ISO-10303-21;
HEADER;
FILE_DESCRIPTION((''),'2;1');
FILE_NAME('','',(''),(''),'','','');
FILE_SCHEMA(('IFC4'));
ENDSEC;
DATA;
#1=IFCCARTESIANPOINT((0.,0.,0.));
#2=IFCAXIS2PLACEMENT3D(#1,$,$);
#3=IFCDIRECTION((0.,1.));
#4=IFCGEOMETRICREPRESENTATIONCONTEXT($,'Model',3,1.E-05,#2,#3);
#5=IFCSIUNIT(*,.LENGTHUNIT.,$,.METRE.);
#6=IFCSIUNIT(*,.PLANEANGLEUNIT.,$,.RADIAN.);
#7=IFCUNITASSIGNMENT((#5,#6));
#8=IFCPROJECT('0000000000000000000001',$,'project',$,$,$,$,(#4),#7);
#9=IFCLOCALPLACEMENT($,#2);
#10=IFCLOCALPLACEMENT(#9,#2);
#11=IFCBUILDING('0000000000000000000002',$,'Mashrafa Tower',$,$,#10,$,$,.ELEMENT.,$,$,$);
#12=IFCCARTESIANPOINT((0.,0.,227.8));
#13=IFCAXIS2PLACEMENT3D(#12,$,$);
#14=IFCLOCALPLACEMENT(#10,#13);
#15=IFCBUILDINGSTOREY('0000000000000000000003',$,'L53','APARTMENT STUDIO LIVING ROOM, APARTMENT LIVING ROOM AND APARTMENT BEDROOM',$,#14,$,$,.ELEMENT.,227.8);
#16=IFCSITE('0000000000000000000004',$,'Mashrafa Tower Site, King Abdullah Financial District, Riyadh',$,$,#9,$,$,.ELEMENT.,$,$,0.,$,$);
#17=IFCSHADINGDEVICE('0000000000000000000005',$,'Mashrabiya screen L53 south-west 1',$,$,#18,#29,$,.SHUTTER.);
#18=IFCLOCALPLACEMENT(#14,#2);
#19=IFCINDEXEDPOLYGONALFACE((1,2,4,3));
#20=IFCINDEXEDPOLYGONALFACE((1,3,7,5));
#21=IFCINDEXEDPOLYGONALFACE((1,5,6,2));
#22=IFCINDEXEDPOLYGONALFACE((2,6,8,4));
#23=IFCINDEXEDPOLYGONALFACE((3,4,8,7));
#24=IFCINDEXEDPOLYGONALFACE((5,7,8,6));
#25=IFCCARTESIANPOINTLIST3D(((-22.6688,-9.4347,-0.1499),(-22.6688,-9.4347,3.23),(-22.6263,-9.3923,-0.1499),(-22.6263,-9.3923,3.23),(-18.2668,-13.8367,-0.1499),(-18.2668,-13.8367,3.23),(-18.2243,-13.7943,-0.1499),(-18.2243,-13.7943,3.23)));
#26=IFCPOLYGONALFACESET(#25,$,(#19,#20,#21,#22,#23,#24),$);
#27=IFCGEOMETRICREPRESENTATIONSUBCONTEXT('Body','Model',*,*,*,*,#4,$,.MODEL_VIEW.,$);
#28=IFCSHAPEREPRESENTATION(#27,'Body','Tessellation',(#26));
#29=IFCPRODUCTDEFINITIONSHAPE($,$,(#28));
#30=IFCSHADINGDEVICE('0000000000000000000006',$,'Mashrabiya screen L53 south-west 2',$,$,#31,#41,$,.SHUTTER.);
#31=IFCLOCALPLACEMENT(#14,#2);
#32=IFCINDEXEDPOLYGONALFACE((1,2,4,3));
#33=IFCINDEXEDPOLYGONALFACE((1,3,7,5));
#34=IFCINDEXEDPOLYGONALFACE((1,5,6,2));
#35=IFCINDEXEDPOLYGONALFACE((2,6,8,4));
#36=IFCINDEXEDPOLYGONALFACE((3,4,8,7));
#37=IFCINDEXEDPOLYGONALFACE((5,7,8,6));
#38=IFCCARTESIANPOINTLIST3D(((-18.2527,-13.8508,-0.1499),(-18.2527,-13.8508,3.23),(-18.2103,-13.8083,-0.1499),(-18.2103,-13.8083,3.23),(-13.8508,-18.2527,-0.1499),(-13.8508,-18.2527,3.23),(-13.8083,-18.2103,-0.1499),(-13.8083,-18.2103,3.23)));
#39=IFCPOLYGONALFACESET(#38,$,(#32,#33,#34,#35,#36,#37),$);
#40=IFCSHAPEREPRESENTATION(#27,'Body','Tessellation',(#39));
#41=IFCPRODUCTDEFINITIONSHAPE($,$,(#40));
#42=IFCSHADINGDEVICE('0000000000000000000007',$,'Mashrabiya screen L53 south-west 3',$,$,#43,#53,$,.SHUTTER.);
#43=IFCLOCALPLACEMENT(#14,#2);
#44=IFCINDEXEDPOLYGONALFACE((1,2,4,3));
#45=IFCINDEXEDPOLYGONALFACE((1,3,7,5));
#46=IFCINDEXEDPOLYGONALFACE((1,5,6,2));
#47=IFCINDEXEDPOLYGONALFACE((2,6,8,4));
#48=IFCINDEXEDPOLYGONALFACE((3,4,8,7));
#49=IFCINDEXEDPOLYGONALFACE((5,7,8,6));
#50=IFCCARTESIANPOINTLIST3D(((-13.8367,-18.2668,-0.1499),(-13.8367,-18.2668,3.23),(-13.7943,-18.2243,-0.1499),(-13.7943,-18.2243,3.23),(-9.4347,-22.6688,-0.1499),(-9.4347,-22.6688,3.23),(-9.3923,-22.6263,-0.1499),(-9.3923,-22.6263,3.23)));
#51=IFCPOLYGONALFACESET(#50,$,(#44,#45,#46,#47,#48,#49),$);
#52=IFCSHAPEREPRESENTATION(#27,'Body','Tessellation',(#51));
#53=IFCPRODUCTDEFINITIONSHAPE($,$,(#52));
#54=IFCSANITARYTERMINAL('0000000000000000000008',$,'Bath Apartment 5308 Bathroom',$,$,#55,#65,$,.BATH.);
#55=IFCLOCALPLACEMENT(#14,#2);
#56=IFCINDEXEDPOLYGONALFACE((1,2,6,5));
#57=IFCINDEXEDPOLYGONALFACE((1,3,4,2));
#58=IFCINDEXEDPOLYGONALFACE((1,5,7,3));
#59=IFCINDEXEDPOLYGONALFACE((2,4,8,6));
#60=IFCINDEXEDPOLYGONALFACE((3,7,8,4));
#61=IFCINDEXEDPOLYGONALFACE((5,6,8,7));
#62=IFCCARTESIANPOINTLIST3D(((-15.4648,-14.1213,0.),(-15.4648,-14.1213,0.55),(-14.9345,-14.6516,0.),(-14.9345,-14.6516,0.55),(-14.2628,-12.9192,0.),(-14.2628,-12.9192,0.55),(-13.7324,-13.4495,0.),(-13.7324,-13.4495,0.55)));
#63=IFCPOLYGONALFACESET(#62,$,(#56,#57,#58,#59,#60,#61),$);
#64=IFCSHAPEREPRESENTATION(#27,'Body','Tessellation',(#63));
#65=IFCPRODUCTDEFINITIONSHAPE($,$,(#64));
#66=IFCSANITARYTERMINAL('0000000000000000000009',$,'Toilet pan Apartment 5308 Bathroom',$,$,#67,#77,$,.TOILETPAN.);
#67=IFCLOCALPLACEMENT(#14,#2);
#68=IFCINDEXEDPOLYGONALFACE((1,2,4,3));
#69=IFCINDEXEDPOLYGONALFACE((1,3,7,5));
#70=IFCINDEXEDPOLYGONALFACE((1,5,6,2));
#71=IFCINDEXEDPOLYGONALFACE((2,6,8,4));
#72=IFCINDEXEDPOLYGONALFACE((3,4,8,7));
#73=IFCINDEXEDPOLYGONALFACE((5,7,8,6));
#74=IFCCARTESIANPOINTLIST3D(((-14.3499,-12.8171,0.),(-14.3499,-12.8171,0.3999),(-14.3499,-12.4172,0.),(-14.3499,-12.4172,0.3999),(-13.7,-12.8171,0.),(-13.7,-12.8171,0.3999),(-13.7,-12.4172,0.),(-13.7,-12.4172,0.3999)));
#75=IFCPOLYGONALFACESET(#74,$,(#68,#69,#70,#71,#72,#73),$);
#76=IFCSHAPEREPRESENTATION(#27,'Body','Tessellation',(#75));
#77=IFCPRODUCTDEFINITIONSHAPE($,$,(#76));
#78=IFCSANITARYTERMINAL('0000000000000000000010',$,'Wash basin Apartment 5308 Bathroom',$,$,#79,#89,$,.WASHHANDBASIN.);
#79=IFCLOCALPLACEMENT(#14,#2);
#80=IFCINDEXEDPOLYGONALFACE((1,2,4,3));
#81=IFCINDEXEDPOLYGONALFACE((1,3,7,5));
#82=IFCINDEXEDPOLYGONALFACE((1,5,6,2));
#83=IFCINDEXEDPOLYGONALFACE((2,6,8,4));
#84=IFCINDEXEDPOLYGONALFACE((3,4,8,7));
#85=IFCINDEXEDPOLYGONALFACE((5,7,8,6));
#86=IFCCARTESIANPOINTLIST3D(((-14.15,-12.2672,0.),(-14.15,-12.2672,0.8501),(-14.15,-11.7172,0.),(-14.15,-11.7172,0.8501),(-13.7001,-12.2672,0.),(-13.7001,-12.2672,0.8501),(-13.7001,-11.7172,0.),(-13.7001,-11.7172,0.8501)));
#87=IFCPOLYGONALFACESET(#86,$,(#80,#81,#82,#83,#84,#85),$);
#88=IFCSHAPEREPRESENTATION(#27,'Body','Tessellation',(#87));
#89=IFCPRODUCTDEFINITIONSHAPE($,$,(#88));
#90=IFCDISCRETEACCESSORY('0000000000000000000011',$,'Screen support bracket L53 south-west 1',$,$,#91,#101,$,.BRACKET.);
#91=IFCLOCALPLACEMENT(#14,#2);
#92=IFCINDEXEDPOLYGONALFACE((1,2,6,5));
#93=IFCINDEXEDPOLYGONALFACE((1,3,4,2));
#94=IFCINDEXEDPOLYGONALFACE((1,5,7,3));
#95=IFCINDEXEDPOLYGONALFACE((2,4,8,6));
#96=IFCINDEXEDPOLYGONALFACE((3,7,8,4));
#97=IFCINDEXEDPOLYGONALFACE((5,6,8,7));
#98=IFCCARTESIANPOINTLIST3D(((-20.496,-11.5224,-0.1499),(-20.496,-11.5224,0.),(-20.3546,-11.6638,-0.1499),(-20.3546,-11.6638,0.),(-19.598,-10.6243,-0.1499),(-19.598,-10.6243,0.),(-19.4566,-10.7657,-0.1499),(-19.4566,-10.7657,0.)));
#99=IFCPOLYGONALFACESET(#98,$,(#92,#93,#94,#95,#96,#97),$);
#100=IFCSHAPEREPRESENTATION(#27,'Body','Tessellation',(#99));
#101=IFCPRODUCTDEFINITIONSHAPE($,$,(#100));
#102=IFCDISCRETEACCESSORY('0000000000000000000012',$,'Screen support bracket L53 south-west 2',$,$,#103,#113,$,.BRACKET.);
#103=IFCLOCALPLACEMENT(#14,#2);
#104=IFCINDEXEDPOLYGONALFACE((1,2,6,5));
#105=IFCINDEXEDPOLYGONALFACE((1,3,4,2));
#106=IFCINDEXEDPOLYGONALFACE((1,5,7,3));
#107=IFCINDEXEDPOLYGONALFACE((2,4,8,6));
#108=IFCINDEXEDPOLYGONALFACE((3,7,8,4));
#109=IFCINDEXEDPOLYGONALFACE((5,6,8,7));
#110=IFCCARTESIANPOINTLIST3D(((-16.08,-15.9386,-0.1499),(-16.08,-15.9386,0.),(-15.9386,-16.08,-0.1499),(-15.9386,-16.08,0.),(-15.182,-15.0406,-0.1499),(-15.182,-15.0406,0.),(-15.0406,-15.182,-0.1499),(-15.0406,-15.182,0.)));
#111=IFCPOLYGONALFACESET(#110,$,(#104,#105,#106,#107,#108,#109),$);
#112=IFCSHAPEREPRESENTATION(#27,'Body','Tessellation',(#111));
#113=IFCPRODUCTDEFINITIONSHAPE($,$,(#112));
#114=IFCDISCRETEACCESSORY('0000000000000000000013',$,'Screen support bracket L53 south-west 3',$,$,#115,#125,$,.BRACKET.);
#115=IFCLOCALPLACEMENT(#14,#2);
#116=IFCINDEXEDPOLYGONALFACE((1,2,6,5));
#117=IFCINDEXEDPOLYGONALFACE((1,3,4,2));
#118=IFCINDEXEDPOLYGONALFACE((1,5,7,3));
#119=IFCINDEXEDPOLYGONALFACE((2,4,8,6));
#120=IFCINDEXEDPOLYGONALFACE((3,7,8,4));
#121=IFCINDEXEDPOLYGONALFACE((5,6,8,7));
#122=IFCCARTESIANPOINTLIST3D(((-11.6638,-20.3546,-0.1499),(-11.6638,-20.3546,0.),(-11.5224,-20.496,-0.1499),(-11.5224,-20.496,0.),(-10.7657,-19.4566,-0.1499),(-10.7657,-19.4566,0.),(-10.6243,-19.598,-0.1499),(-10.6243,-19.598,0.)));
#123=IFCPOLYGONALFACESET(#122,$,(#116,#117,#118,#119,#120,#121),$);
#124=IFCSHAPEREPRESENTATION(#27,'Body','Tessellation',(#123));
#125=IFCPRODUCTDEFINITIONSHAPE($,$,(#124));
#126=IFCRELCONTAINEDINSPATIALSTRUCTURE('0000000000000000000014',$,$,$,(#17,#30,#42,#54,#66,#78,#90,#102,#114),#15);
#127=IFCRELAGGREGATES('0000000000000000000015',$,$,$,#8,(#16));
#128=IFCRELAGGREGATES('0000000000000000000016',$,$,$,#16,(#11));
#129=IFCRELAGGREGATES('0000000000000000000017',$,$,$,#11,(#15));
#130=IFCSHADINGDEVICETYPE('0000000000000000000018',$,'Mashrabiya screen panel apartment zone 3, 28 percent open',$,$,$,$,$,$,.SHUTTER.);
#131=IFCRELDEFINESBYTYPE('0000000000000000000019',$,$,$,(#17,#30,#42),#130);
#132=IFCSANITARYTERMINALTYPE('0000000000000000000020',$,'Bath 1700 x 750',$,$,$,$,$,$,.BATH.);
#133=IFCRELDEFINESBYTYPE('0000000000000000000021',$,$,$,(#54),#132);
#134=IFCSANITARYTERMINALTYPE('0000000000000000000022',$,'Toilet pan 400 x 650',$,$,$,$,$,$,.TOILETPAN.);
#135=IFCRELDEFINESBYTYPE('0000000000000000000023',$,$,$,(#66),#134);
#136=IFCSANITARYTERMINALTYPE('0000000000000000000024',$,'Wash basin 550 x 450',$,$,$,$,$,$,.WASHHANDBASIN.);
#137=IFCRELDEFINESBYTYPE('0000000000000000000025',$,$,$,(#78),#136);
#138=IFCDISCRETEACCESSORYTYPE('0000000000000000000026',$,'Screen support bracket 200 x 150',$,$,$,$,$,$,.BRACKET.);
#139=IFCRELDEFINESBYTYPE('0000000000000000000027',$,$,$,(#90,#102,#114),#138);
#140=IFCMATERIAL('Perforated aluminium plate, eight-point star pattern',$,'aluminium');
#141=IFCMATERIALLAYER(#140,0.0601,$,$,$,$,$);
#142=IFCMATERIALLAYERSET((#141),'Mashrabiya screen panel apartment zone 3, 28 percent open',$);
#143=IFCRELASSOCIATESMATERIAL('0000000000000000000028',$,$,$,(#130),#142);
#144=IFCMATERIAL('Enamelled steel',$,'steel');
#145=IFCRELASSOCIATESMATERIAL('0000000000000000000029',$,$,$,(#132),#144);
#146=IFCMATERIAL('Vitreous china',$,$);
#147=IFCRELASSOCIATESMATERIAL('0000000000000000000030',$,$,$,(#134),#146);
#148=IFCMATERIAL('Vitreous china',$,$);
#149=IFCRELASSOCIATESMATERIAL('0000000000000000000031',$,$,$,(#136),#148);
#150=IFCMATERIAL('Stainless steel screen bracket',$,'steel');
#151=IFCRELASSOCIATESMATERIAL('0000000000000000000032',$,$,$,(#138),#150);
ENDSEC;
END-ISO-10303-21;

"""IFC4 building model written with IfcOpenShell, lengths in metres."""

from ifc_helpers import new_model, si_unit, direction, frame, origin, origin_2d, place, context, subcontext, project, spatial, rectangle, extrude, source, transform, mapped, material, layer, layer_set, type_object, type_shapes, element, save


model = new_model("IFC4")

# Units and contexts
model_context = context("Model", 3, precision=1e-05, world=origin(), true_north=direction((0.0, 1.0)))
body_context = subcontext(model_context, "Body", "Model", "MODEL_VIEW")
ifc_project = project(units=[si_unit("LENGTHUNIT", "METRE"), si_unit("PLANEANGLEUNIT", "RADIAN")], contexts=[model_context])

# Site, building, storey
site_placement = place(None, origin())
site = spatial("IfcSite", under=ifc_project, at=site_placement, Name="Mashrafa Tower Site, King Abdullah Financial District, Riyadh", CompositionType="ELEMENT", RefElevation=0.0)
building_placement = place(site_placement, origin())
building = spatial("IfcBuilding", under=site, at=building_placement, Name="Mashrafa Tower", CompositionType="ELEMENT")
storey_placement = place(building_placement, frame((0.0, 0.0, 227.8)))
storey = spatial("IfcBuildingStorey", under=building, at=storey_placement, Name="L53", Description="APARTMENT STUDIO LIVING ROOM, APARTMENT LIVING ROOM AND APARTMENT BEDROOM", CompositionType="ELEMENT", Elevation=227.8)

# Shading devices
ifc_material_1 = material(Name="Perforated aluminium plate, eight-point star pattern", Category="aluminium")
ifc_layer_1 = layer(ifc_material_1, 0.0601)
ifc_layer_set_1 = layer_set([ifc_layer_1], Name="Mashrabiya screen panel apartment zone 3, 28 percent open")
shading_device_type = type_object("IfcShadingDeviceType", Name="Mashrabiya screen panel apartment zone 3, 28 percent open", PredefinedType="SHUTTER", material=ifc_layer_set_1)
shared_shape_1 = source(origin(), body_context, "Body", "SweptSolid", [
    extrude(rectangle(XDim=6.2253, YDim=0.0601, at=origin_2d()), origin(), (0.0, 0.0, 1.0), 3.3799),
])
type_shapes(shading_device_type, [shared_shape_1])
for number, where, z_axis, x_axis, name in (
    (1, (-20.4465, -11.6145, -0.1499), (0.0, 0.0, 1.0), (0.707107, -0.707107, 0.0), "Mashrabiya screen L53 south-west 1"),
    (2, (-16.0305, -16.0305, -0.1499), (0.0, 0.0, 1.0), (0.707107, -0.707107, 0.0), "Mashrabiya screen L53 south-west 2"),
    (3, (-11.6145, -20.4465, -0.1499), (0.0, 0.0, 1.0), (0.707107, -0.707107, 0.0), "Mashrabiya screen L53 south-west 3"),
):
    element("IfcShadingDevice", number, at=place(storey_placement, frame(where, z_axis=z_axis, x_axis=x_axis)), inside=storey, type_object=shading_device_type, Name=name, PredefinedType="SHUTTER", context=body_context, shape_type="MappedRepresentation", body=[
        mapped(shared_shape_1, transform((0.0, 0.0, 0.0))),
    ])

# Sanitary terminals
ifc_material_2 = material(Name="Enamelled steel", Category="steel")
sanitary_terminal_type_1 = type_object("IfcSanitaryTerminalType", Name="Bath 1700 x 750", PredefinedType="BATH", material=ifc_material_2)
sanitary_terminal_1_placement = place(storey_placement, frame((-14.5986, -13.7854, 0.0), z_axis=(0.0, 0.0, 1.0), x_axis=(0.707107, 0.707107, 0.0)))
element("IfcSanitaryTerminal", 4, at=sanitary_terminal_1_placement, inside=storey, type_object=sanitary_terminal_type_1, Name="Bath Apartment 5308 Bathroom", PredefinedType="BATH", context=body_context, shape_type="SweptSolid", body=[
    extrude(rectangle(XDim=1.7, YDim=0.75, at=origin_2d()), origin(), (0.0, 0.0, 1.0), 0.55),
])
ifc_material_3 = material(Name="Vitreous china")
sanitary_terminal_type_2 = type_object("IfcSanitaryTerminalType", Name="Toilet pan 400 x 650", PredefinedType="TOILETPAN", material=ifc_material_3)
sanitary_terminal_2_placement = place(storey_placement, frame((-14.0249, -12.6172, 0.0), z_axis=(0.0, 0.0, 1.0), x_axis=(0.0, 1.0, 0.0)))
element("IfcSanitaryTerminal", 5, at=sanitary_terminal_2_placement, inside=storey, type_object=sanitary_terminal_type_2, Name="Toilet pan Apartment 5308 Bathroom", PredefinedType="TOILETPAN", context=body_context, shape_type="SweptSolid", body=[
    extrude(rectangle(XDim=0.3999, YDim=0.6499, at=origin_2d()), origin(), (0.0, 0.0, 1.0), 0.3999),
])
ifc_material_4 = material(Name="Vitreous china")
sanitary_terminal_type_3 = type_object("IfcSanitaryTerminalType", Name="Wash basin 550 x 450", PredefinedType="WASHHANDBASIN", material=ifc_material_4)
sanitary_terminal_3_placement = place(storey_placement, frame((-13.925, -11.9922, 0.0), z_axis=(0.0, 0.0, 1.0), x_axis=(0.0, 1.0, 0.0)))
element("IfcSanitaryTerminal", 6, at=sanitary_terminal_3_placement, inside=storey, type_object=sanitary_terminal_type_3, Name="Wash basin Apartment 5308 Bathroom", PredefinedType="WASHHANDBASIN", context=body_context, shape_type="SweptSolid", body=[
    extrude(rectangle(XDim=0.55, YDim=0.45, at=origin_2d()), origin(), (0.0, 0.0, 1.0), 0.8501),
])

# Discrete accessories
ifc_material_5 = material(Name="Stainless steel screen bracket", Category="steel")
discrete_accessory_type = type_object("IfcDiscreteAccessoryType", Name="Screen support bracket 200 x 150", PredefinedType="BRACKET", material=ifc_material_5)
shared_shape_2 = source(origin(), body_context, "Body", "SweptSolid", [
    extrude(rectangle(XDim=0.2, YDim=1.27, at=origin_2d()), origin(), (0.0, 0.0, 1.0), 0.1499),
])
type_shapes(discrete_accessory_type, [shared_shape_2])
for number, where, z_axis, x_axis, name in (
    (7, (-19.9763, -11.144, -0.1499), (0.0, 0.0, 1.0), (0.707107, -0.707107, 0.0), "Screen support bracket L53 south-west 1"),
    (8, (-15.5603, -15.5603, -0.1499), (0.0, 0.0, 1.0), (0.707107, -0.707107, 0.0), "Screen support bracket L53 south-west 2"),
    (9, (-11.144, -19.9763, -0.1499), (0.0, 0.0, 1.0), (0.707107, -0.707107, 0.0), "Screen support bracket L53 south-west 3"),
):
    element("IfcDiscreteAccessory", number, at=place(storey_placement, frame(where, z_axis=z_axis, x_axis=x_axis)), inside=storey, type_object=discrete_accessory_type, Name=name, PredefinedType="BRACKET", context=body_context, shape_type="MappedRepresentation", body=[
        mapped(shared_shape_2, transform((0.0, 0.0, 0.0))),
    ])

save(model, "model.ifc")
